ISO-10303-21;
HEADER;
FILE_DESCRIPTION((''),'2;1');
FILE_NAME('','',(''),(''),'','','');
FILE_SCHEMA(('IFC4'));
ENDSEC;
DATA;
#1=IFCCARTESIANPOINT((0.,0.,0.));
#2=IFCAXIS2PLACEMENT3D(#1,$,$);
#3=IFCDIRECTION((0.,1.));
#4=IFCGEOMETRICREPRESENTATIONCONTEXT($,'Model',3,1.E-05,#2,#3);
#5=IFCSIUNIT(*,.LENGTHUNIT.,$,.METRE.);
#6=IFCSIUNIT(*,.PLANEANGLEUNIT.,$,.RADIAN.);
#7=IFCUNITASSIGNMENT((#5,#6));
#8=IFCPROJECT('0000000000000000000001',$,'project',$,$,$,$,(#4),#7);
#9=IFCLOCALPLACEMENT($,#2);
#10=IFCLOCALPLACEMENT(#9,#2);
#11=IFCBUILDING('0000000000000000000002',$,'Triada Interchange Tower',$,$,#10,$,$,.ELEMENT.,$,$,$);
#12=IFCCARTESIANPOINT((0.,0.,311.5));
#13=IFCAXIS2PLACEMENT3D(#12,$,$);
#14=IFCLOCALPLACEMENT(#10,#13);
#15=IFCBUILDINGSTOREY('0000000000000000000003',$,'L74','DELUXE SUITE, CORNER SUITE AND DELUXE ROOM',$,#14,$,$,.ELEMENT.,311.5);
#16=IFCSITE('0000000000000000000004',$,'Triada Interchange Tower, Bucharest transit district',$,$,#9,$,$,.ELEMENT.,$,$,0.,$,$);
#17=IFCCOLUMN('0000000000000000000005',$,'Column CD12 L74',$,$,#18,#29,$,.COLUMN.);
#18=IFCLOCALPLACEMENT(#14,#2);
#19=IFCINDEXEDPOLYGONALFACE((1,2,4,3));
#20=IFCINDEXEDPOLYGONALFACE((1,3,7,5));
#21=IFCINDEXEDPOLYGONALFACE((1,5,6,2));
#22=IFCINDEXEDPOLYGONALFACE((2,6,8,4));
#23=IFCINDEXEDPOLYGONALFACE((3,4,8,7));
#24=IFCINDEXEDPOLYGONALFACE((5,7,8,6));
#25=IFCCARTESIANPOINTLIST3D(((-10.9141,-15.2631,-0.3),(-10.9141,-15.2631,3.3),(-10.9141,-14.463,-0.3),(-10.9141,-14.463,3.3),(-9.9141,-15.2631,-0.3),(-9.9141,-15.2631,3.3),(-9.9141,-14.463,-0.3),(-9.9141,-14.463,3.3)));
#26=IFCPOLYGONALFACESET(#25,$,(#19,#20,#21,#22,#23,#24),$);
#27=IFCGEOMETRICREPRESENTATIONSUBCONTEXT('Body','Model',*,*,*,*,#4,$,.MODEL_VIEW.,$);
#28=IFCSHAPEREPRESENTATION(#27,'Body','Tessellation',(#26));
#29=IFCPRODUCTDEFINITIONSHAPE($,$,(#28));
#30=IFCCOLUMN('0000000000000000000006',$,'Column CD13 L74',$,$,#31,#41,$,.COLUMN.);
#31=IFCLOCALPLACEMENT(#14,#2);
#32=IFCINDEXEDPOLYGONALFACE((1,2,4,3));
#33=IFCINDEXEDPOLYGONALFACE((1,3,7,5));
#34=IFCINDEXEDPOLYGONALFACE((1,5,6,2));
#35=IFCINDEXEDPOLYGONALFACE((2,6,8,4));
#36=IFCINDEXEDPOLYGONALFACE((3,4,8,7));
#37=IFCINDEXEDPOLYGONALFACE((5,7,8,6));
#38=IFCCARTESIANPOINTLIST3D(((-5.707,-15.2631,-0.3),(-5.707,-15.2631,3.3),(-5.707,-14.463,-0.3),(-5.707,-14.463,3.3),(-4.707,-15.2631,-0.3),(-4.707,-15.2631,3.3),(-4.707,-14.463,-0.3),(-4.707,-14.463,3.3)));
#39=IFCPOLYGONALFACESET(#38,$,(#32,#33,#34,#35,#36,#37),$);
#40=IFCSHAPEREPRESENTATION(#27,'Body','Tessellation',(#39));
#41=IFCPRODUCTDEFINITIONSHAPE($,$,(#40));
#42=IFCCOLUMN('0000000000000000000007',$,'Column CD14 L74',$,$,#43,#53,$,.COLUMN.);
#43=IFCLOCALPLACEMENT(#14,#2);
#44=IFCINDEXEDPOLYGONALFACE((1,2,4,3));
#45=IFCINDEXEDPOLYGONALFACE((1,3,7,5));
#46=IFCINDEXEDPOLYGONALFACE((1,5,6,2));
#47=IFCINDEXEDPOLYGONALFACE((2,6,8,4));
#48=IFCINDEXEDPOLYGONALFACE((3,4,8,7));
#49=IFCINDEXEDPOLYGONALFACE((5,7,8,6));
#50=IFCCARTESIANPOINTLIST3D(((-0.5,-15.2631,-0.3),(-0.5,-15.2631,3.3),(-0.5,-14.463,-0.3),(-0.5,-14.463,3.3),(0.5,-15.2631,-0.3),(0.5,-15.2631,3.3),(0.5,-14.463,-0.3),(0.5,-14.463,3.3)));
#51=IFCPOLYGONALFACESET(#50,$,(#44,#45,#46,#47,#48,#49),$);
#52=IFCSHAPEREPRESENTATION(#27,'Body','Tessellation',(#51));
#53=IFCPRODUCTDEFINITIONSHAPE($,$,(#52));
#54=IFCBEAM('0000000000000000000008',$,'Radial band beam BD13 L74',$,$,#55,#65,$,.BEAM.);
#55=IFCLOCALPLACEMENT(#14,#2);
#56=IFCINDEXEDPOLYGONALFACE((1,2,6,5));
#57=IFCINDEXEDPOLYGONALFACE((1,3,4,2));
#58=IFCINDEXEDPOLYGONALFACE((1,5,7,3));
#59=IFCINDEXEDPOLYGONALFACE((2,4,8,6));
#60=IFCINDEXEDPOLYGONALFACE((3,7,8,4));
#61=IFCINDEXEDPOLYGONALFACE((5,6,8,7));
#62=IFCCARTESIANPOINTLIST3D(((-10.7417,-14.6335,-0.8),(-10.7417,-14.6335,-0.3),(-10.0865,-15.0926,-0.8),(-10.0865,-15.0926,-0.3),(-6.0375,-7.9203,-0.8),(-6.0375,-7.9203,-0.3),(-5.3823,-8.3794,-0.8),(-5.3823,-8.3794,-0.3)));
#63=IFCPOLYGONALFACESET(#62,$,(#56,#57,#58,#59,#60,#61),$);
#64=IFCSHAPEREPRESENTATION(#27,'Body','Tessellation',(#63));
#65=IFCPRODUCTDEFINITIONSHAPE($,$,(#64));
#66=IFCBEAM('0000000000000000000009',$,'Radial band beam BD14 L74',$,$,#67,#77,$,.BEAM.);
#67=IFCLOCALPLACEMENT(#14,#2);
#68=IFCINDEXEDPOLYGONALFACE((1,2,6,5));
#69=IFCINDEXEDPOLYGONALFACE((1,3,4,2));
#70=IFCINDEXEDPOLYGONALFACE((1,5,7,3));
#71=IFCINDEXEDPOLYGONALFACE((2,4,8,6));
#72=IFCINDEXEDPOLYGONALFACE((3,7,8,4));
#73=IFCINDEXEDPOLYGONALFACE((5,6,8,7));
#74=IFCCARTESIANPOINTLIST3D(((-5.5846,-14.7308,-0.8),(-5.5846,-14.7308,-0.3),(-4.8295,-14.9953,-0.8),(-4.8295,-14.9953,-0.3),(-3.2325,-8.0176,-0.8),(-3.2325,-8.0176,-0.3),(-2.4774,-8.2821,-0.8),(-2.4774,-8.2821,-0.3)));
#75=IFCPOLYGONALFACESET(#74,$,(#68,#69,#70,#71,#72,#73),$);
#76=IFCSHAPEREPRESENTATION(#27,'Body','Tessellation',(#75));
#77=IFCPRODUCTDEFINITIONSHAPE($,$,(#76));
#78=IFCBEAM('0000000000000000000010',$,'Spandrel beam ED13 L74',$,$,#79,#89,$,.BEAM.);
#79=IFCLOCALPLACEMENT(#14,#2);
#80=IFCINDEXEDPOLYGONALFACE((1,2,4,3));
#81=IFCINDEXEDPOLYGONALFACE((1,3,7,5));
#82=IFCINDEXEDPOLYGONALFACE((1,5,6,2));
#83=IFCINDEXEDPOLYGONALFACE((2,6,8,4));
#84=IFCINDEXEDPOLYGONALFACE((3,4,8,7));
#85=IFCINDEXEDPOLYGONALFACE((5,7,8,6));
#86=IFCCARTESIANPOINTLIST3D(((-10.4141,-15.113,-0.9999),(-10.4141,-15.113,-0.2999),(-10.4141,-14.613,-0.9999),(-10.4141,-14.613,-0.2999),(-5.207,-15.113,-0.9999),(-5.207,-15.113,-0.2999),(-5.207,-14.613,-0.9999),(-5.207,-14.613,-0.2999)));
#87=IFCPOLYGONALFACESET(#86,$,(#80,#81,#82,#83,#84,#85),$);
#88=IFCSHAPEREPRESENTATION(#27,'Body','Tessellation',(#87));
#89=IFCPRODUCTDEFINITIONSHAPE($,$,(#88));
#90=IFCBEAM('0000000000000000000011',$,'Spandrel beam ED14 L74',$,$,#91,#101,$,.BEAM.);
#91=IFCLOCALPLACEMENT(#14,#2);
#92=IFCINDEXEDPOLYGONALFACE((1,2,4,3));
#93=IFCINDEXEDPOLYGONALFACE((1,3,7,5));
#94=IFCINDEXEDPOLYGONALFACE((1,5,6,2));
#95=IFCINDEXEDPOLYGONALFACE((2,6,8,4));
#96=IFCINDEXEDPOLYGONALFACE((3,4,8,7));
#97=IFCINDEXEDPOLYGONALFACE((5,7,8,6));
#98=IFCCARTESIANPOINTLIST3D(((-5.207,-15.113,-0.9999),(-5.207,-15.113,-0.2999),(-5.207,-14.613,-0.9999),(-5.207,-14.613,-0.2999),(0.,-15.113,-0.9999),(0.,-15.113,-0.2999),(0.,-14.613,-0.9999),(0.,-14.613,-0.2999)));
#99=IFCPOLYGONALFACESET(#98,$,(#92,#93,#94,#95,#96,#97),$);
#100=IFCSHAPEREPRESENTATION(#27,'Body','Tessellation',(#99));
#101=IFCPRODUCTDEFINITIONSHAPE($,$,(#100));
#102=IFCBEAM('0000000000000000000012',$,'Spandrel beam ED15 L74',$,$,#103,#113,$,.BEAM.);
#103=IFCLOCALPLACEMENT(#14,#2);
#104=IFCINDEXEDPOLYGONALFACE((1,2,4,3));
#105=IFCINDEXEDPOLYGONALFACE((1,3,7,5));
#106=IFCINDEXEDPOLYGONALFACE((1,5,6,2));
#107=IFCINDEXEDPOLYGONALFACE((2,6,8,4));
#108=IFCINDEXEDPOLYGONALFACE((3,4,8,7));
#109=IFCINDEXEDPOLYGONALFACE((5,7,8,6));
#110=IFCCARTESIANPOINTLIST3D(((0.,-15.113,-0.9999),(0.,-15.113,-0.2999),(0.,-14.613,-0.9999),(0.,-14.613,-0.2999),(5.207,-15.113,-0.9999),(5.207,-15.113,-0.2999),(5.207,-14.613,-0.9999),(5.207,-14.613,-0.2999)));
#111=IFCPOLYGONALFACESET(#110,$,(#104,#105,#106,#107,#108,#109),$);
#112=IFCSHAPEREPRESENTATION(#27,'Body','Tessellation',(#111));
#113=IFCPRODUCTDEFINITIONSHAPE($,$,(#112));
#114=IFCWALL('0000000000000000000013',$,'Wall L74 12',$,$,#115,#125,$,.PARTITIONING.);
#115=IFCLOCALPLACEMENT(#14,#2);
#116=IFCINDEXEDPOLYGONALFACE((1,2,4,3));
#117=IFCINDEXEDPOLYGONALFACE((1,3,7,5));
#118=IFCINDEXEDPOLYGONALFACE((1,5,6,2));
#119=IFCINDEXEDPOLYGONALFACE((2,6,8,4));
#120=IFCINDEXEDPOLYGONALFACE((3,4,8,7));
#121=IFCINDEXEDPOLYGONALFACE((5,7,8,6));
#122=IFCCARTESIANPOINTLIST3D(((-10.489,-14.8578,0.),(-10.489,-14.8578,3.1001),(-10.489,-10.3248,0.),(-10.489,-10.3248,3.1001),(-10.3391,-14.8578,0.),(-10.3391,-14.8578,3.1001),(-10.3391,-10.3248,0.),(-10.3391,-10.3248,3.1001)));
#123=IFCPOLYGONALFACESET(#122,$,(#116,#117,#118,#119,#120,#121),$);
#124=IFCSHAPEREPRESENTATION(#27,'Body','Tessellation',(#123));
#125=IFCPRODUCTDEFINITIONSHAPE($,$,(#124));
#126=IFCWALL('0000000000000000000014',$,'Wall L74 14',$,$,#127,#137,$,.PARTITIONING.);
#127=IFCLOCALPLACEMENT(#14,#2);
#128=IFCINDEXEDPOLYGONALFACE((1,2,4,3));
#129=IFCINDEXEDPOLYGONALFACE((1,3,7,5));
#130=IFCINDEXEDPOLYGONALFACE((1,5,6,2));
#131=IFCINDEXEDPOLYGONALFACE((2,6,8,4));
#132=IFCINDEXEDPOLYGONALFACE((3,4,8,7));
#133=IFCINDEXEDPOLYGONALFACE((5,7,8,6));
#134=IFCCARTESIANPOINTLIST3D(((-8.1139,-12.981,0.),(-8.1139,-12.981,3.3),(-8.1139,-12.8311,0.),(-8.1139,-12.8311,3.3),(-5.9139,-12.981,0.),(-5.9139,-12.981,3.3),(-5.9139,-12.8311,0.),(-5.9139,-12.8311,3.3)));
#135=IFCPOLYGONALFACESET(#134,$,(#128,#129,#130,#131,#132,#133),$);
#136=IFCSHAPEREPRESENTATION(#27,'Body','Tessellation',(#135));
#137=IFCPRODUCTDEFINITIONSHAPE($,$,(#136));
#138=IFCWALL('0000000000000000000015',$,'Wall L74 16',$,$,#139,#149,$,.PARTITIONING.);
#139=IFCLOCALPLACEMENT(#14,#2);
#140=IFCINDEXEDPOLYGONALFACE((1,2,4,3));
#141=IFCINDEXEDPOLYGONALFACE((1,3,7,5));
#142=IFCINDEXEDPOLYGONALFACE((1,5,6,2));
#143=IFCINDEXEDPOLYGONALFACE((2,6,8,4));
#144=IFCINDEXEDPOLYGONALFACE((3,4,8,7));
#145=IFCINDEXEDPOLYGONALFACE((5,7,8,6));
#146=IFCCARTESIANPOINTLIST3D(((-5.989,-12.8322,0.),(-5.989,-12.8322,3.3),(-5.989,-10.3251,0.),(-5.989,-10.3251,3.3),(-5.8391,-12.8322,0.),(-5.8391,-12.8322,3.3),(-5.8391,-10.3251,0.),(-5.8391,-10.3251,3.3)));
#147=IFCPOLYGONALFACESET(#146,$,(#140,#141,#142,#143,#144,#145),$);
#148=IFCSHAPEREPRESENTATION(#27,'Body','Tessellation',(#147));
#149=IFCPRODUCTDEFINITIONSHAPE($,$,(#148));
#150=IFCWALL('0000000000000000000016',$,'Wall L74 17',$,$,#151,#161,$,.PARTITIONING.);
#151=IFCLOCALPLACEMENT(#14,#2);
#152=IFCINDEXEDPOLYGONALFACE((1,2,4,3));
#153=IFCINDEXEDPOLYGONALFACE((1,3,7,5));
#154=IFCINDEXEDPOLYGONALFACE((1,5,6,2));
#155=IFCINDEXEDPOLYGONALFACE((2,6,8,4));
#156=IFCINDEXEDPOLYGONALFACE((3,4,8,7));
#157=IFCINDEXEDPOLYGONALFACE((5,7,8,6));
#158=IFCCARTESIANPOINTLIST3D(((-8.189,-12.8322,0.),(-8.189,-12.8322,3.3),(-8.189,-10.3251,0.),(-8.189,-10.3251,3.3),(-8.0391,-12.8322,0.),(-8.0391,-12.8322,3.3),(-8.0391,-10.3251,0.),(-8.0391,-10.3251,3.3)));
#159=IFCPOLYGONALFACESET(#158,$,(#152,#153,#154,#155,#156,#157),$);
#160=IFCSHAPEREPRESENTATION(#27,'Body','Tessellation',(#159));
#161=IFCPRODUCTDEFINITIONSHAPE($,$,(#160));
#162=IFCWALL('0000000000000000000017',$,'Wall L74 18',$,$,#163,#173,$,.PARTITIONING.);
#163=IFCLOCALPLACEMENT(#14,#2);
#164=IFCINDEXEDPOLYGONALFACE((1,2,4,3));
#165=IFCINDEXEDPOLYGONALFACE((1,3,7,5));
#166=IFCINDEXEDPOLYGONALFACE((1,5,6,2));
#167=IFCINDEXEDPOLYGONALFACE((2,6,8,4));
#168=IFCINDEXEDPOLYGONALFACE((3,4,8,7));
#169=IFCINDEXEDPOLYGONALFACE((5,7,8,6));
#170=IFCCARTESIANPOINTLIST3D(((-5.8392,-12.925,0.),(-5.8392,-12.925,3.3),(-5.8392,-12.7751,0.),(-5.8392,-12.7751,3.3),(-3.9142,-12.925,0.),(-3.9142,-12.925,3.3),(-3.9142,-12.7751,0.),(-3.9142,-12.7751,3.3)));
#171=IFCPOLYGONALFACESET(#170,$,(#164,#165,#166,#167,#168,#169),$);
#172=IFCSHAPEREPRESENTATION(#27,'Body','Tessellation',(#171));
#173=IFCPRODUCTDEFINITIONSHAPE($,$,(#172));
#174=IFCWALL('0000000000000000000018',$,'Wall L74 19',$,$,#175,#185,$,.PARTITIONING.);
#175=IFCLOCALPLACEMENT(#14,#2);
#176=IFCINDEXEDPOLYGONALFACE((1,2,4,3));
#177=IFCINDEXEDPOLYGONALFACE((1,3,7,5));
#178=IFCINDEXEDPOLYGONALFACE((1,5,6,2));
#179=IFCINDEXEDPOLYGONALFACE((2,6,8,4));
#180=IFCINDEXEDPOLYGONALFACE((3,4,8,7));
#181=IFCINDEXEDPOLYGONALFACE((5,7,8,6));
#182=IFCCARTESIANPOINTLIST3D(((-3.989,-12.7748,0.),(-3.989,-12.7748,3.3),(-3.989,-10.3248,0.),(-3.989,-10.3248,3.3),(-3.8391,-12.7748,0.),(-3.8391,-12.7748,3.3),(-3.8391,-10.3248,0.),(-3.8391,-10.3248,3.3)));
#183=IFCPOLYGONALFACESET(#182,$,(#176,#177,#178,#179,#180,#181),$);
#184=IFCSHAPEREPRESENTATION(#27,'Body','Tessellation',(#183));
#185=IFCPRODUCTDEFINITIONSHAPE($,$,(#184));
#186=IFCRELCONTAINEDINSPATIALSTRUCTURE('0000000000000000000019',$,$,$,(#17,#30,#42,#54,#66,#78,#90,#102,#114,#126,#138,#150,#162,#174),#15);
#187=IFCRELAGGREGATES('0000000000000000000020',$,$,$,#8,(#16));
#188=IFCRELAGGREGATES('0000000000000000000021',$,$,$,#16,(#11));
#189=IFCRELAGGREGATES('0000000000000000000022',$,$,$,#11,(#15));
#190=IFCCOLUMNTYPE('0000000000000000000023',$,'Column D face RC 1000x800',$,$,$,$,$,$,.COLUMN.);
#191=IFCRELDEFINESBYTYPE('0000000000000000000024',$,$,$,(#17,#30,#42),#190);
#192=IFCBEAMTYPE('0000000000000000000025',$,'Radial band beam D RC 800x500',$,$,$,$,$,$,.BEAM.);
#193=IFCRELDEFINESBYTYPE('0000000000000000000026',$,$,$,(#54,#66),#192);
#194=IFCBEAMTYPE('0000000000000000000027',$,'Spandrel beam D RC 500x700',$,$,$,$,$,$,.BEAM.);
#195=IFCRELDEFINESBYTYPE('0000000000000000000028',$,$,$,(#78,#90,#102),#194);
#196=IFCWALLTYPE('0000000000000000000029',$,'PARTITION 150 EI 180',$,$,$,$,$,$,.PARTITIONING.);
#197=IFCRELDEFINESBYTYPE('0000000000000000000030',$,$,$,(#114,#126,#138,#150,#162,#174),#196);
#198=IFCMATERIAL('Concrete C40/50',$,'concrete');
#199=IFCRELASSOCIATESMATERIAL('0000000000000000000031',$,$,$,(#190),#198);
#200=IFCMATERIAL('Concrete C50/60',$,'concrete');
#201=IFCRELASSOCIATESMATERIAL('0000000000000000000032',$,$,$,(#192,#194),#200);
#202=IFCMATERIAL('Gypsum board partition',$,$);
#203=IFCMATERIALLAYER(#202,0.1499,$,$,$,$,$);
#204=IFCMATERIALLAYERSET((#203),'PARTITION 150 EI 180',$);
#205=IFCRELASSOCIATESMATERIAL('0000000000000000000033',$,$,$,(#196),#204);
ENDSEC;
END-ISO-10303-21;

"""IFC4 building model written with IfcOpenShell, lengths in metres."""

from ifc_helpers import new_model, si_unit, direction, frame, frame_2d, origin, origin_2d, place, context, subcontext, project, spatial, rectangle, extrude, material, layer, layer_set, material_profile, profile_set, type_object, element, save


model = new_model("IFC4")

# Units and contexts
model_context = context("Model", 3, precision=1e-05, world=origin(), true_north=direction((0.0, 1.0)))
body_context = subcontext(model_context, "Body", "Model", "MODEL_VIEW")
ifc_project = project(units=[si_unit("LENGTHUNIT", "METRE"), si_unit("PLANEANGLEUNIT", "RADIAN")], contexts=[model_context])

# Site, building, storey
site_placement = place(None, origin())
site = spatial("IfcSite", under=ifc_project, at=site_placement, Name="Triada Interchange Tower, Bucharest transit district", CompositionType="ELEMENT", RefElevation=0.0)
building_placement = place(site_placement, origin())
building = spatial("IfcBuilding", under=site, at=building_placement, Name="Triada Interchange Tower", CompositionType="ELEMENT")
storey_placement = place(building_placement, frame((0.0, 0.0, 311.5)))
storey = spatial("IfcBuildingStorey", under=building, at=storey_placement, Name="L74", Description="DELUXE SUITE, CORNER SUITE AND DELUXE ROOM", CompositionType="ELEMENT", Elevation=311.5)

# Columns
ifc_material_1 = material(Name="Concrete C40/50", Category="concrete")
ifc_material_profile_1 = material_profile(ifc_material_1, rectangle(XDim=1.0, YDim=0.8, at=origin_2d()), Name="RC 1000x800")
ifc_profile_set_1 = profile_set([ifc_material_profile_1], Name="Concrete C40/50")
column_type = type_object("IfcColumnType", Name="Column D face RC 1000x800", PredefinedType="COLUMN", material=ifc_profile_set_1)
for number, where, z_axis, x_axis, name in (
    (1, (-10.4141, -14.863, -0.3), (0.0, 0.0, 1.0), (1.0, 0.0, 0.0), "Column CD12 L74"),
    (2, (-5.207, -14.863, -0.3), (0.0, 0.0, 1.0), (1.0, 0.0, 0.0), "Column CD13 L74"),
    (3, (0.0, -14.863, -0.3), (0.0, 0.0, 1.0), (1.0, 0.0, 0.0), "Column CD14 L74"),
):
    element("IfcColumn", number, at=place(storey_placement, frame(where, z_axis=z_axis, x_axis=x_axis)), inside=storey, type_object=column_type, Name=name, PredefinedType="COLUMN", context=body_context, shape_type="SweptSolid", body=[
        extrude(rectangle(XDim=1.0, YDim=0.8, at=origin_2d()), origin(), (0.0, 0.0, 1.0), 3.6001),
    ])

# Beams
ifc_material_2 = material(Name="Concrete C50/60", Category="concrete")
ifc_material_profile_2 = material_profile(ifc_material_2, rectangle(XDim=0.8, YDim=0.5, at=origin_2d()), Name="RC 800x500")
ifc_profile_set_2 = profile_set([ifc_material_profile_2], Name="Concrete C50/60")
beam_type_1 = type_object("IfcBeamType", Name="Radial band beam D RC 800x500", PredefinedType="BEAM", material=ifc_profile_set_2)
beam_1_placement = place(storey_placement, frame((-10.4141, -14.863, -0.55), z_axis=(0.573864, 0.818951, 0.0), x_axis=(-0.818951, 0.573864, 0.0)))
element("IfcBeam", 4, at=beam_1_placement, inside=storey, type_object=beam_type_1, Name="Radial band beam BD13 L74", PredefinedType="BEAM", context=body_context, shape_type="SweptSolid", body=[
    extrude(rectangle(XDim=0.8, YDim=0.5, at=origin_2d()), origin(), (0.0, 0.0, 1.0), 8.1973),
])
beam_2_placement = place(storey_placement, frame((-5.207, -14.863, -0.55), z_axis=(0.330658, 0.943751, 0.0), x_axis=(-0.943751, 0.330658, 0.0)))
element("IfcBeam", 5, at=beam_2_placement, inside=storey, type_object=beam_type_1, Name="Radial band beam BD14 L74", PredefinedType="BEAM", context=body_context, shape_type="SweptSolid", body=[
    extrude(rectangle(XDim=0.8, YDim=0.5, at=origin_2d()), origin(), (0.0, 0.0, 1.0), 7.1133),
])
ifc_material_profile_3 = material_profile(ifc_material_2, rectangle(XDim=0.5, YDim=0.7, at=origin_2d()), Name="RC 500x700")
ifc_profile_set_3 = profile_set([ifc_material_profile_3], Name="Concrete C50/60")
beam_type_2 = type_object("IfcBeamType", Name="Spandrel beam D RC 500x700", PredefinedType="BEAM", material=ifc_profile_set_3)
for number, where, z_axis, x_axis, name in (
    (6, (-10.4141, -14.863, -0.6499), (1.0, 0.0, 0.0), (0.0, 1.0, 0.0), "Spandrel beam ED13 L74"),
    (7, (-5.207, -14.863, -0.6499), (1.0, 0.0, 0.0), (0.0, 1.0, 0.0), "Spandrel beam ED14 L74"),
    (8, (0.0, -14.863, -0.6499), (1.0, 0.0, 0.0), (0.0, 1.0, 0.0), "Spandrel beam ED15 L74"),
):
    element("IfcBeam", number, at=place(storey_placement, frame(where, z_axis=z_axis, x_axis=x_axis)), inside=storey, type_object=beam_type_2, Name=name, PredefinedType="BEAM", context=body_context, shape_type="SweptSolid", body=[
        extrude(rectangle(XDim=0.5, YDim=0.7, at=origin_2d()), origin(), (0.0, 0.0, 1.0), 5.207),
    ])

# Walls
ifc_material_3 = material(Name="Gypsum board partition")
ifc_layer_1 = layer(ifc_material_3, 0.1499)
ifc_layer_set_1 = layer_set([ifc_layer_1], Name="PARTITION 150 EI 180")
wall_type_1 = type_object("IfcWallType", Name="PARTITION 150 EI 180", PredefinedType="PARTITIONING", material=ifc_layer_set_1)
wall_1_placement = place(storey_placement, frame((-10.4141, -14.8579, 0.0), z_axis=(0.0, 0.0, 1.0), x_axis=(0.0, 1.0, 0.0)))
element("IfcWall", 9, at=wall_1_placement, inside=storey, type_object=wall_type_1, Name="Wall L74 12", PredefinedType="PARTITIONING", context=body_context, shape_type="SweptSolid", body=[
    extrude(rectangle(XDim=4.533, YDim=0.1499, at=frame_2d((2.2666, 0.0))), origin(), (0.0, 0.0, 1.0), 3.1001),
])
wall_2_placement = place(storey_placement, frame((-8.114, -12.906, 0.0), z_axis=(0.0, 0.0, 1.0), x_axis=(1.0, 0.0, 0.0)))
element("IfcWall", 10, at=wall_2_placement, inside=storey, type_object=wall_type_1, Name="Wall L74 14", PredefinedType="PARTITIONING", context=body_context, shape_type="SweptSolid", body=[
    extrude(rectangle(XDim=2.2, YDim=0.1499, at=frame_2d((1.1001, 0.0))), origin(), (0.0, 0.0, 1.0), 3.3),
])
for number, where, z_axis, x_axis, name in (
    (11, (-5.9141, -12.832, 0.0), (0.0, 0.0, 1.0), (0.0, 1.0, 0.0), "Wall L74 16"),
    (12, (-8.114, -12.832, 0.0), (0.0, 0.0, 1.0), (0.0, 1.0, 0.0), "Wall L74 17"),
):
    element("IfcWall", number, at=place(storey_placement, frame(where, z_axis=z_axis, x_axis=x_axis)), inside=storey, type_object=wall_type_1, Name=name, PredefinedType="PARTITIONING", context=body_context, shape_type="SweptSolid", body=[
        extrude(rectangle(XDim=2.5071, YDim=0.1499, at=frame_2d((1.2534, 0.0))), origin(), (0.0, 0.0, 1.0), 3.3),
    ])
wall_3_placement = place(storey_placement, frame((-5.8391, -12.8501, 0.0), z_axis=(0.0, 0.0, 1.0), x_axis=(1.0, 0.0, 0.0)))
element("IfcWall", 13, at=wall_3_placement, inside=storey, type_object=wall_type_1, Name="Wall L74 18", PredefinedType="PARTITIONING", context=body_context, shape_type="SweptSolid", body=[
    extrude(rectangle(XDim=1.925, YDim=0.1499, at=frame_2d((0.9624, 0.0))), origin(), (0.0, 0.0, 1.0), 3.3),
])
wall_4_placement = place(storey_placement, frame((-3.9141, -12.7749, 0.0), z_axis=(0.0, 0.0, 1.0), x_axis=(0.0, 1.0, 0.0)))
element("IfcWall", 14, at=wall_4_placement, inside=storey, type_object=wall_type_1, Name="Wall L74 19", PredefinedType="PARTITIONING", context=body_context, shape_type="SweptSolid", body=[
    extrude(rectangle(XDim=2.45, YDim=0.1499, at=frame_2d((1.2251, 0.0))), origin(), (0.0, 0.0, 1.0), 3.3),
])

save(model, "model.ifc")
